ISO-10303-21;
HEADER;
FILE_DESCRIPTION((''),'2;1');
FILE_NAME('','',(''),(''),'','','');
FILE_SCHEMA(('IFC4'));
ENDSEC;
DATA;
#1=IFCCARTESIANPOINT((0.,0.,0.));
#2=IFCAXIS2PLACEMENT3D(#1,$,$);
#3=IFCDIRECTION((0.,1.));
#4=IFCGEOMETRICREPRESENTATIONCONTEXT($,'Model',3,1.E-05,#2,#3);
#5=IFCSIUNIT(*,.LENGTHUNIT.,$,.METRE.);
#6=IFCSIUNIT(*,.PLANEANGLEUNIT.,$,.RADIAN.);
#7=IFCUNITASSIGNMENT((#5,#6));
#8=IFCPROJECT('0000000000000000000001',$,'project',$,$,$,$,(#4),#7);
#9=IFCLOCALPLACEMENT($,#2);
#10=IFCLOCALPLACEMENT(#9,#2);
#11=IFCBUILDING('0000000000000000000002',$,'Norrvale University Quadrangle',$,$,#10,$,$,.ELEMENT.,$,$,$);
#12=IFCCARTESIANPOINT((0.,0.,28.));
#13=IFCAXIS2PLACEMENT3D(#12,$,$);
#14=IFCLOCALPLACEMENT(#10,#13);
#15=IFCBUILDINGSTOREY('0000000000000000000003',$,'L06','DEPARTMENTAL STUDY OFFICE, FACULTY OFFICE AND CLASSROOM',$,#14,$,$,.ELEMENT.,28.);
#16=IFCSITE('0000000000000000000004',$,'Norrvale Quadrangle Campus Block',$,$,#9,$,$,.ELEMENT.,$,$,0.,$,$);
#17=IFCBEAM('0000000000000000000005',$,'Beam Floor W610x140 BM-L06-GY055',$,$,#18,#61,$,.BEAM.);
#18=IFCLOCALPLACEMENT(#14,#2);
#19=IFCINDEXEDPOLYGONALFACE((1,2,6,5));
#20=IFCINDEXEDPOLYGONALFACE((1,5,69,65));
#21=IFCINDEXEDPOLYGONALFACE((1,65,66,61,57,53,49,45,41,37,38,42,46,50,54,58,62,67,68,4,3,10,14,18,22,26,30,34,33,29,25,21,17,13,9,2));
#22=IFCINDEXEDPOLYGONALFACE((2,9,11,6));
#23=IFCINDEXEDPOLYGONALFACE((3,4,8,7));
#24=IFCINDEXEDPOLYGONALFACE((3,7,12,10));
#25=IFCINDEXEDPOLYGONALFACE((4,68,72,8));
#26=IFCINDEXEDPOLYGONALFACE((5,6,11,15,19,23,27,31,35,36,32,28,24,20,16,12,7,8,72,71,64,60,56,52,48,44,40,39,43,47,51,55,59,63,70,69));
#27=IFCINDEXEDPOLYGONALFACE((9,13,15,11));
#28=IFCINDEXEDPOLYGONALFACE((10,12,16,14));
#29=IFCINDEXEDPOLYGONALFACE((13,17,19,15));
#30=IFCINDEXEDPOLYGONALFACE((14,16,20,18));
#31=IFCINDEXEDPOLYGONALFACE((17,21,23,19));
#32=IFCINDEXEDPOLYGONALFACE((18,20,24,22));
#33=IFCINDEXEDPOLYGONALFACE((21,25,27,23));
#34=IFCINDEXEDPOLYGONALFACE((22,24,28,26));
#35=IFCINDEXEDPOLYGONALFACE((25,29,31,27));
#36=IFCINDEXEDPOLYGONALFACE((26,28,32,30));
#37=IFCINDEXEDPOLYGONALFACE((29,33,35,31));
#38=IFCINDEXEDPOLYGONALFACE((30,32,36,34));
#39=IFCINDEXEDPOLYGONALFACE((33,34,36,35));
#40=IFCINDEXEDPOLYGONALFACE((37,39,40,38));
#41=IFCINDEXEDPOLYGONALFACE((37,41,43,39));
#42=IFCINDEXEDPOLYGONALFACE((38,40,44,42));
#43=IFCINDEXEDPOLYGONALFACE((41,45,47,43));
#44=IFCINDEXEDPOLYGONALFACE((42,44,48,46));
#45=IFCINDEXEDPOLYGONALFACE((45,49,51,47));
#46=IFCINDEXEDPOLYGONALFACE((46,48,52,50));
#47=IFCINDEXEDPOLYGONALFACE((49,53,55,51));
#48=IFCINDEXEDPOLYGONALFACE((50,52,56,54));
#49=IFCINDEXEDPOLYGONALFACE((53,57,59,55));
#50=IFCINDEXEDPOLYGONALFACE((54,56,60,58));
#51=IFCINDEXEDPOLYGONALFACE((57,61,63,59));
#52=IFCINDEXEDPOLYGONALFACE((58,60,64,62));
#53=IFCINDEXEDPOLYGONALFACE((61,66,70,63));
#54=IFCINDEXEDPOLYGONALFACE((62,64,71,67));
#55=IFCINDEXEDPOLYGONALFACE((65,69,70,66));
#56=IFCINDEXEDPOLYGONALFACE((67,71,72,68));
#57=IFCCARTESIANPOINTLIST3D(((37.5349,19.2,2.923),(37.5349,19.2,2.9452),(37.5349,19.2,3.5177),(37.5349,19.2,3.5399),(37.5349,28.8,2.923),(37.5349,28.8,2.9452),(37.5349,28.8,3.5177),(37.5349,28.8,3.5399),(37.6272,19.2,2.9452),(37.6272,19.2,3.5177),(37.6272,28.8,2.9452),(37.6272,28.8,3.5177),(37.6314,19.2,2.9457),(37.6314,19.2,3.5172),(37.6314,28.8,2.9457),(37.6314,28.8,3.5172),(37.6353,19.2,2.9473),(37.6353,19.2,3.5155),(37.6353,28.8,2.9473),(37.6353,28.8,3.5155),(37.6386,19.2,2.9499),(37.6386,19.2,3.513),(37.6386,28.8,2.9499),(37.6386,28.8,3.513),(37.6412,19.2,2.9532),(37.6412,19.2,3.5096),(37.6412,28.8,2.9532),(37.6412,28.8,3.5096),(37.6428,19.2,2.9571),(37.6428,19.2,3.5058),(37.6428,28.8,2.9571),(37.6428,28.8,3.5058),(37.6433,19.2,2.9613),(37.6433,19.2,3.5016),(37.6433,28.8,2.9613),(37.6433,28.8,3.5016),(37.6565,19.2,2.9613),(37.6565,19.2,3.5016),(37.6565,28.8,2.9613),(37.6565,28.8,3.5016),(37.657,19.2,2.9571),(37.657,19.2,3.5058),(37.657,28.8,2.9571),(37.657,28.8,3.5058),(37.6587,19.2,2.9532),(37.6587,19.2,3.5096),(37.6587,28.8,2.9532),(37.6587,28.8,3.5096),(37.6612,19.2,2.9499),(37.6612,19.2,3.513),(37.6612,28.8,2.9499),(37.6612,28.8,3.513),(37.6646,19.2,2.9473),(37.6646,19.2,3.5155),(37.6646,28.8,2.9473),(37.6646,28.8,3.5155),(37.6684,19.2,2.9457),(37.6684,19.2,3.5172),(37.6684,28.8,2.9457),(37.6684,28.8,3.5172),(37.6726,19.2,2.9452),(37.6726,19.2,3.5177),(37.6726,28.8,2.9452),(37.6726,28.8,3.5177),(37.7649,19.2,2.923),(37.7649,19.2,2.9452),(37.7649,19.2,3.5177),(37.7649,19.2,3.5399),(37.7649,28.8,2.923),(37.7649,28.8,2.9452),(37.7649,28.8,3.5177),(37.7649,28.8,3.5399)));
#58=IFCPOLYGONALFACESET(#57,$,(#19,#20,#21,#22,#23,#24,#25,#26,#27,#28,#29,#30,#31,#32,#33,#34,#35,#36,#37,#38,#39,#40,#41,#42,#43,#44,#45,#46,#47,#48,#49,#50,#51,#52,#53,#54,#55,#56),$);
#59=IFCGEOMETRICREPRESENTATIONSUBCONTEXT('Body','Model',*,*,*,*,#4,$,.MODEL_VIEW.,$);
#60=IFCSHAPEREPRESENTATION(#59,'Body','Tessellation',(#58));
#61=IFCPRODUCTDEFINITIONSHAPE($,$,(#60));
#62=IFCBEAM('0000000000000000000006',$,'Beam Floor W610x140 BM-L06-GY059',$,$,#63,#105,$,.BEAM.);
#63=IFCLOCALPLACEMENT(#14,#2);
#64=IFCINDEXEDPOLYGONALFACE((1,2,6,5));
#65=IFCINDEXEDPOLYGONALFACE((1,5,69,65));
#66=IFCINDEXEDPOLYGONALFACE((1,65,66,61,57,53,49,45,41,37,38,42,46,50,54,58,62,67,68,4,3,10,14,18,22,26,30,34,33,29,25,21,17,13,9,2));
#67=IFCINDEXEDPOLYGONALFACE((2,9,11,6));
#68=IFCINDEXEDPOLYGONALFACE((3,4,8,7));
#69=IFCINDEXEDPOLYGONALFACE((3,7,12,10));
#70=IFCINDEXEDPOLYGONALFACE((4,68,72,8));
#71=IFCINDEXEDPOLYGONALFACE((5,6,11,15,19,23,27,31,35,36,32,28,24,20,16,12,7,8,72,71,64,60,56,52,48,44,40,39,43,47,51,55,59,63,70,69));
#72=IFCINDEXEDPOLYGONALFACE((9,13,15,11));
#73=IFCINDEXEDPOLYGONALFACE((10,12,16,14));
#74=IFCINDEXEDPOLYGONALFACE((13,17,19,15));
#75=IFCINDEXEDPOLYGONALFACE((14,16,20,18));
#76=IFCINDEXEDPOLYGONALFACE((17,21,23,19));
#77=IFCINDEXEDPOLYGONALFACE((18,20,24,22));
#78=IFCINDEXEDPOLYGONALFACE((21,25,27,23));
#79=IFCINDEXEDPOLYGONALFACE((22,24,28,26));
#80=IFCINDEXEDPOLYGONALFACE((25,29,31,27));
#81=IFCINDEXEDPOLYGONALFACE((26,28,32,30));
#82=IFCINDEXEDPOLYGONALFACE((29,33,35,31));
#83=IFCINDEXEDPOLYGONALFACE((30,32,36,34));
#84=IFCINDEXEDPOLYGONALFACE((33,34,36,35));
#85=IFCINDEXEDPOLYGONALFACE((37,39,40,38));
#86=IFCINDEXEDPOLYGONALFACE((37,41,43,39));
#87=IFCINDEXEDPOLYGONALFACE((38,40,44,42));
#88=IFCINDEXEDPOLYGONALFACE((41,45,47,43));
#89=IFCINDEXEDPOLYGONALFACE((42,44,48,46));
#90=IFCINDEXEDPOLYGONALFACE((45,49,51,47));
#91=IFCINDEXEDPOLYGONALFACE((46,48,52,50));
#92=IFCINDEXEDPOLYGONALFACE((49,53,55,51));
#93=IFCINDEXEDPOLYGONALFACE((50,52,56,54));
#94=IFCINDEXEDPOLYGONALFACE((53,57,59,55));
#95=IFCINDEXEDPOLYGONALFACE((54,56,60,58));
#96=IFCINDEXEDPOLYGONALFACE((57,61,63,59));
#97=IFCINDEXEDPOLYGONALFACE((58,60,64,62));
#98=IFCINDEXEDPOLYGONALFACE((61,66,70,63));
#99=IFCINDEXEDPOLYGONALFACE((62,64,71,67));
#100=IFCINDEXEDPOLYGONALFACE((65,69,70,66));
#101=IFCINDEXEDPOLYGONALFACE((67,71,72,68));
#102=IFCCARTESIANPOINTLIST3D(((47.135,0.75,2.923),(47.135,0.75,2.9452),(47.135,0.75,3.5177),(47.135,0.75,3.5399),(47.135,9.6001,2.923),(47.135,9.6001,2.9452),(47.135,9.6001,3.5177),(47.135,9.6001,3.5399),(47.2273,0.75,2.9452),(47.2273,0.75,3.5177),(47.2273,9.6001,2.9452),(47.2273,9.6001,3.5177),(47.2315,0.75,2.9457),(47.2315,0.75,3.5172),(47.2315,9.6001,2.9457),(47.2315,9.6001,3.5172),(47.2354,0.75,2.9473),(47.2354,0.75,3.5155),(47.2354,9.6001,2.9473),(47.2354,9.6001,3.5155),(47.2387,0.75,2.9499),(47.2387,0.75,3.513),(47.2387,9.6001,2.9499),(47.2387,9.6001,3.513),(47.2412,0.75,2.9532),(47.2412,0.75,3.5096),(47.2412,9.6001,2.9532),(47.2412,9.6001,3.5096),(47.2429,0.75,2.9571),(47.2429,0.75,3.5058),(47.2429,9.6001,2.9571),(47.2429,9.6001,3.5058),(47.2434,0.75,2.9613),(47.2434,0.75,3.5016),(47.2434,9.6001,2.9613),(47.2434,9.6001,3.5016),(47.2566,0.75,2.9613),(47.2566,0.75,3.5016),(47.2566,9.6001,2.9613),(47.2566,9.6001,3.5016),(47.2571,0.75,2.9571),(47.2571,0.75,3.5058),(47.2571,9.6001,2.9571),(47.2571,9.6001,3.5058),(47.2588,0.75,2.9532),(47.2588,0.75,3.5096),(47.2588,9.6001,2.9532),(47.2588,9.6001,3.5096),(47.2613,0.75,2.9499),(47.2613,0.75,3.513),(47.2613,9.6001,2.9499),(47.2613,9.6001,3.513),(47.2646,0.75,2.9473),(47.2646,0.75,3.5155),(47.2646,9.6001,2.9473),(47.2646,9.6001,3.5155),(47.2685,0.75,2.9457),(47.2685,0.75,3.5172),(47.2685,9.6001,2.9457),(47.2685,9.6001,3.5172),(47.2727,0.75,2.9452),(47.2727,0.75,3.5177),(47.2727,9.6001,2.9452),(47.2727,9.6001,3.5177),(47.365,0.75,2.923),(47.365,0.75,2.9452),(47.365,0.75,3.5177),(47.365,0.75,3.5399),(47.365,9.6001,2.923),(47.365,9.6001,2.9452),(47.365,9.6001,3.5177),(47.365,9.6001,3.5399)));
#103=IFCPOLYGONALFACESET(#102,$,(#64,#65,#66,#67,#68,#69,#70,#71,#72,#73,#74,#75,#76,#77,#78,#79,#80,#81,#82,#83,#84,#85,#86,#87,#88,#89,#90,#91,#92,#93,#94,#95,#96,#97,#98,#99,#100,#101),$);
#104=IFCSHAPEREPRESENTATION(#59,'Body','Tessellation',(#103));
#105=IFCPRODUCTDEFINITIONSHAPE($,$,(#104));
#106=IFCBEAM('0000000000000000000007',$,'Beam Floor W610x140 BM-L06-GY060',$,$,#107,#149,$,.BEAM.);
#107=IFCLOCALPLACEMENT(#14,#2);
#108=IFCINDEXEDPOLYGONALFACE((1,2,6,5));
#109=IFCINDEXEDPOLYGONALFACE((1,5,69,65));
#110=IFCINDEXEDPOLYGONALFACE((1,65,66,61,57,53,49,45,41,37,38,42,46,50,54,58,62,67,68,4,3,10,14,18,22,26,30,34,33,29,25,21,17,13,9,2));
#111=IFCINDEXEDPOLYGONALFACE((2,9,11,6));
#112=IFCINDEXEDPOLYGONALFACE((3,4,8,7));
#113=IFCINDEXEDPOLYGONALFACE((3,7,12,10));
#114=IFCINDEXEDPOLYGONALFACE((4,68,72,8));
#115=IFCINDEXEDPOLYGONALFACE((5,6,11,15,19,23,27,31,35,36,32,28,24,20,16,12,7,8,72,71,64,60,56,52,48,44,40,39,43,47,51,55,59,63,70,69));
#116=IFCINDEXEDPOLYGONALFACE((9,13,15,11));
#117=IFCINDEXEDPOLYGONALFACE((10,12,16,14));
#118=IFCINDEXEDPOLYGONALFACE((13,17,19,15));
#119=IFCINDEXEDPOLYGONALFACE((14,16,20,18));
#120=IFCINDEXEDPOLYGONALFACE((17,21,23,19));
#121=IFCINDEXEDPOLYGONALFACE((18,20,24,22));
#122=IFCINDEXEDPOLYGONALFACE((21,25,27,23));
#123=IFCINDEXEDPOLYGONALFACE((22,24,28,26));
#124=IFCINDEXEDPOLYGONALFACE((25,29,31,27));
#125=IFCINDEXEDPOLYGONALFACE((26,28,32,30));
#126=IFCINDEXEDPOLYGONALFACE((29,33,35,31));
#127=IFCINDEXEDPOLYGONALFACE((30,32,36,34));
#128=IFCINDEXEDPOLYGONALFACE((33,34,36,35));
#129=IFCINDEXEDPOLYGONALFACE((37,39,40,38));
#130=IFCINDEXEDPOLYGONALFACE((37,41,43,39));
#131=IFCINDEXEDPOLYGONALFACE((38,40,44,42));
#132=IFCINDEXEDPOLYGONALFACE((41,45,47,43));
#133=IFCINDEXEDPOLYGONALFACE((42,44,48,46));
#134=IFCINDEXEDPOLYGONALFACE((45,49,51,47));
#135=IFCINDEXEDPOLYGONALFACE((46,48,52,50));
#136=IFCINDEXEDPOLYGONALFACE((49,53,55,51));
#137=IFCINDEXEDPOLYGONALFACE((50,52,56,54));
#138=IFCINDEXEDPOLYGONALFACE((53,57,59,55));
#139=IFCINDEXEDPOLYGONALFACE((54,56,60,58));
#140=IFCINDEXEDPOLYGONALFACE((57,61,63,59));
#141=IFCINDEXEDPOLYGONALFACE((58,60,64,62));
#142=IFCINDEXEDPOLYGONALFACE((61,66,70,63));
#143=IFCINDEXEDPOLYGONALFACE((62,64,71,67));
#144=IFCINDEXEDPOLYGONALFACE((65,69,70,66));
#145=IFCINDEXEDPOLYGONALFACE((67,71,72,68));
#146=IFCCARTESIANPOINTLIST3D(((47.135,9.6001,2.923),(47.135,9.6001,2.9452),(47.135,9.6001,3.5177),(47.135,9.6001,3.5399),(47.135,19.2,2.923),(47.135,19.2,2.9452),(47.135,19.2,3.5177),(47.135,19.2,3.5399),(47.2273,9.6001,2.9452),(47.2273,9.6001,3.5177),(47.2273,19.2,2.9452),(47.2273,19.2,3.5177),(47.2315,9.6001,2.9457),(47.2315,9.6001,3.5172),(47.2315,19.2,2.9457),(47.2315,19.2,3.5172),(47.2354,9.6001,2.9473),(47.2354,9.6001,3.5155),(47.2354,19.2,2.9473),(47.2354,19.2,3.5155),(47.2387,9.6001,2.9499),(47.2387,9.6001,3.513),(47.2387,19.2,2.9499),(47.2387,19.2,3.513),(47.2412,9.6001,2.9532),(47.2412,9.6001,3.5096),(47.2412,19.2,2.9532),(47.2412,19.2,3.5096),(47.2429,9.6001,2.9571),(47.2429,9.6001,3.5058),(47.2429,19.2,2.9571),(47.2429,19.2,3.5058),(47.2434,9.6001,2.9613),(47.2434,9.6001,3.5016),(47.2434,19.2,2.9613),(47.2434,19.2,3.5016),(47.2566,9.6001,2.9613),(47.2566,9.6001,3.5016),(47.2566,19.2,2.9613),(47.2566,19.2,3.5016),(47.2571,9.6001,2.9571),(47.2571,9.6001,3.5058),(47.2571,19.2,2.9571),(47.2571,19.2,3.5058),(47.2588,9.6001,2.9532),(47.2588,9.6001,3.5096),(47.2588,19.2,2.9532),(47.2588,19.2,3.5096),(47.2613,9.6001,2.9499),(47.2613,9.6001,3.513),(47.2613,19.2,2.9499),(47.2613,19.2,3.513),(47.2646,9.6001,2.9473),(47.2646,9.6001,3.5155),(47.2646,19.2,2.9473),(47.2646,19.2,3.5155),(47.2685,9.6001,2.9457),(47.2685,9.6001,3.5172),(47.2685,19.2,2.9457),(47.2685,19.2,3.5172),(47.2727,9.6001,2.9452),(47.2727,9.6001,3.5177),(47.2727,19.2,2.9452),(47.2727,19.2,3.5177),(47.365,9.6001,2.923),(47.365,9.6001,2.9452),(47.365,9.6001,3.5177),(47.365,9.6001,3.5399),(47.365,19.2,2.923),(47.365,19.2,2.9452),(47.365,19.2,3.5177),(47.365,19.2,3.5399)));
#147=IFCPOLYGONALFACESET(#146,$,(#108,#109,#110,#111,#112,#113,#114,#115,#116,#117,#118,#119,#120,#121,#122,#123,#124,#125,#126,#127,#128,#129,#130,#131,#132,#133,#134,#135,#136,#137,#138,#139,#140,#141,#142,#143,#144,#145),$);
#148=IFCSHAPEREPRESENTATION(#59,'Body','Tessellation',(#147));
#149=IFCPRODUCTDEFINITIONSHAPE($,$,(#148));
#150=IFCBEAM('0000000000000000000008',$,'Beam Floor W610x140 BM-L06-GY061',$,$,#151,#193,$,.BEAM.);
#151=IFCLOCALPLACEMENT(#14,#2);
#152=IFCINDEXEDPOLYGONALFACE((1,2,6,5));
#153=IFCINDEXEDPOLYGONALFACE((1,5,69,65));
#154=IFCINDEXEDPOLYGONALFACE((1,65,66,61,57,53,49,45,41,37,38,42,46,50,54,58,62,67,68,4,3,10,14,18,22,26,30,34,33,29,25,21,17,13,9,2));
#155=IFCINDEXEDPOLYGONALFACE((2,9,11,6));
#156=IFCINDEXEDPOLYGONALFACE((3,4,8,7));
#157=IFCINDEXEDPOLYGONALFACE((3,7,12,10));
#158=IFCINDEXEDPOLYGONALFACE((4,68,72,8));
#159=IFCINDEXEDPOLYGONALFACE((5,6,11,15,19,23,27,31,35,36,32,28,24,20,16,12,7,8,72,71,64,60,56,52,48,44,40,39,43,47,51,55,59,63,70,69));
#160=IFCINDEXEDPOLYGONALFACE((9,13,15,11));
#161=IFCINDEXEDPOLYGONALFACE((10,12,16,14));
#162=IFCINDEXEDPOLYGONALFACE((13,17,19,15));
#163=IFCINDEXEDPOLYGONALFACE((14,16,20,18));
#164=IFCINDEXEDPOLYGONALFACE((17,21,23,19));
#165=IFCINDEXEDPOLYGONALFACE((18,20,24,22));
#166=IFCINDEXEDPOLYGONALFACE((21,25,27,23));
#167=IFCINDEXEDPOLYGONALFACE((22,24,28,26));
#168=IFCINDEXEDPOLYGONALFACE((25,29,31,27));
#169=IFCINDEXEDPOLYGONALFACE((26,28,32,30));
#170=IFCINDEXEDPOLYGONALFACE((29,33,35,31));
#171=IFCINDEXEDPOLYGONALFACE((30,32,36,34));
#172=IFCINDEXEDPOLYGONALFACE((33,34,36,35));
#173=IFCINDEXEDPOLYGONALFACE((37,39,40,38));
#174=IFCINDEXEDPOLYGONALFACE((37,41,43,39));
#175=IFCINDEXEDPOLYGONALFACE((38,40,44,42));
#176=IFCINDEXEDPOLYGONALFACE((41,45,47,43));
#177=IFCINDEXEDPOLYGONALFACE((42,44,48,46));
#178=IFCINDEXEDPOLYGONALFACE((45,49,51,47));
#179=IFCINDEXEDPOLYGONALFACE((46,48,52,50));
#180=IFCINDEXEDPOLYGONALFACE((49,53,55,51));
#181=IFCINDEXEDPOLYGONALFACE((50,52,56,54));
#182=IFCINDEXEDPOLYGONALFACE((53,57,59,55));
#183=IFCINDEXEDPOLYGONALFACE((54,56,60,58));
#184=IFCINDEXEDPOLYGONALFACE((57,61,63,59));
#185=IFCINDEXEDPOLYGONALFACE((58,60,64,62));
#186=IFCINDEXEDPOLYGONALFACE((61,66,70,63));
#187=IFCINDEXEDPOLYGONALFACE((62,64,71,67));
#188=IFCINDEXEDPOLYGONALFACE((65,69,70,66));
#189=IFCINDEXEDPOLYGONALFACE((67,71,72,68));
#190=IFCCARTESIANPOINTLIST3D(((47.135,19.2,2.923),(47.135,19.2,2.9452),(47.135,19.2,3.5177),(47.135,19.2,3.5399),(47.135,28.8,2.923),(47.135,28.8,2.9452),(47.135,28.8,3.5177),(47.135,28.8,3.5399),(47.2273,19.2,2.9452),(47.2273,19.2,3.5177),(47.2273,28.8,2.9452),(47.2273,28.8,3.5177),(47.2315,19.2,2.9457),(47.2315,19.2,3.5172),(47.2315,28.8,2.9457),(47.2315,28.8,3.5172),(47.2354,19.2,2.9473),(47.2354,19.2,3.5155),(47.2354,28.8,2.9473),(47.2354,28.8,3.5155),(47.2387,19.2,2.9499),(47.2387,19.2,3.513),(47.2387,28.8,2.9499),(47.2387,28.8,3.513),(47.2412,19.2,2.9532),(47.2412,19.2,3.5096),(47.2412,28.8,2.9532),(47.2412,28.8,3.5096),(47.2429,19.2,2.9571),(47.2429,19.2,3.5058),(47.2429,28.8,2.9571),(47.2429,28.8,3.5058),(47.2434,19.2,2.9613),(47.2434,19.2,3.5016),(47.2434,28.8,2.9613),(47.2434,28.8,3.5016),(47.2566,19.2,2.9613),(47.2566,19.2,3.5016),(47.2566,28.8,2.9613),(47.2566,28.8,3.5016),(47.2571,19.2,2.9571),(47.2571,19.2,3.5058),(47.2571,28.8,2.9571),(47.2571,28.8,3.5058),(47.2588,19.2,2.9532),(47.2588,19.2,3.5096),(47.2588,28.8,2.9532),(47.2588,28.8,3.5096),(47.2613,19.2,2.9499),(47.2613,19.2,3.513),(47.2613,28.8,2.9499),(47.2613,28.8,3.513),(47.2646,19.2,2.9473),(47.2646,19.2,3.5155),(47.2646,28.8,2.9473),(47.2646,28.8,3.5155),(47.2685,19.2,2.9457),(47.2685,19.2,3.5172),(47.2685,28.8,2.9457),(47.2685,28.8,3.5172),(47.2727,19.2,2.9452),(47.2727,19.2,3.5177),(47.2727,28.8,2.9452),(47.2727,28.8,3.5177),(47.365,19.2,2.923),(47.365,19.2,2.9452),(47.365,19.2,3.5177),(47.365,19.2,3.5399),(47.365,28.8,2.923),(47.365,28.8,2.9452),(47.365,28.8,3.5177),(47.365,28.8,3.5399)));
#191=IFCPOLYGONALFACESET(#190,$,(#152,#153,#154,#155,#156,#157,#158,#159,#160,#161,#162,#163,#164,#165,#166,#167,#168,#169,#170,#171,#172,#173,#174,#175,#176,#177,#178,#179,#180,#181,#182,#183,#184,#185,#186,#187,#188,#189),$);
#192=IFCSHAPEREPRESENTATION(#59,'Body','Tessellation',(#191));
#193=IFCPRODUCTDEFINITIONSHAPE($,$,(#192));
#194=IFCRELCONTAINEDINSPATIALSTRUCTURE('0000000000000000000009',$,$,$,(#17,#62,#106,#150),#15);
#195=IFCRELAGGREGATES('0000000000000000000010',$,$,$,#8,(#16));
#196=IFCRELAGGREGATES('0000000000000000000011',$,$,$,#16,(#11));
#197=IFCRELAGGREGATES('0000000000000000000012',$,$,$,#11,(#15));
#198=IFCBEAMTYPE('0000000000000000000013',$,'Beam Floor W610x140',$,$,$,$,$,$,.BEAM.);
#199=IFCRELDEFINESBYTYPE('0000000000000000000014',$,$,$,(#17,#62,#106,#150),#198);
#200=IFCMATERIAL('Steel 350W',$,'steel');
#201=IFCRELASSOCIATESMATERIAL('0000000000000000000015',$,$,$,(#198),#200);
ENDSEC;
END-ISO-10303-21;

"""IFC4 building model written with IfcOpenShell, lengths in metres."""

from ifc_helpers import new_model, si_unit, direction, frame, origin, origin_2d, place, context, subcontext, project, spatial, i_section, extrude, material, material_profile, profile_set, type_object, element, save


model = new_model("IFC4")

# Units and contexts
model_context = context("Model", 3, precision=1e-05, world=origin(), true_north=direction((0.0, 1.0)))
body_context = subcontext(model_context, "Body", "Model", "MODEL_VIEW")
ifc_project = project(units=[si_unit("LENGTHUNIT", "METRE"), si_unit("PLANEANGLEUNIT", "RADIAN")], contexts=[model_context])

# Site, building, storey
site_placement = place(None, origin())
site = spatial("IfcSite", under=ifc_project, at=site_placement, Name="Norrvale Quadrangle Campus Block", CompositionType="ELEMENT", RefElevation=0.0)
building_placement = place(site_placement, origin())
building = spatial("IfcBuilding", under=site, at=building_placement, Name="Norrvale University Quadrangle", CompositionType="ELEMENT")
storey_placement = place(building_placement, frame((0.0, 0.0, 28.0)))
storey = spatial("IfcBuildingStorey", under=building, at=storey_placement, Name="L06", Description="DEPARTMENTAL STUDY OFFICE, FACULTY OFFICE AND CLASSROOM", CompositionType="ELEMENT", Elevation=28.0)

# Beams
ifc_material_1 = material(Name="Steel 350W", Category="steel")
ifc_material_profile_1 = material_profile(ifc_material_1, i_section(OverallWidth=0.23, OverallDepth=0.6169, WebThickness=0.0132, FlangeThickness=0.0222, FilletRadius=0.0161, at=origin_2d()), Name="Steel 350W")
ifc_profile_set_1 = profile_set([ifc_material_profile_1], Name="Steel 350W")
beam_type_1 = type_object("IfcBeamType", Name="Beam Floor W610x140", PredefinedType="BEAM", material=ifc_profile_set_1)
beam_1_placement = place(storey_placement, frame((37.6499, 19.2, 3.2314), z_axis=(0.0, 1.0, 0.0), x_axis=(-1.0, 0.0, 0.0)))
element("IfcBeam", 1, at=beam_1_placement, inside=storey, type_object=beam_type_1, Name="Beam Floor W610x140 BM-L06-GY055", PredefinedType="BEAM", context=body_context, shape_type="SweptSolid", body=[
    extrude(i_section(OverallWidth=0.23, OverallDepth=0.6169, WebThickness=0.0132, FlangeThickness=0.0222, FilletRadius=0.0161, at=origin_2d()), origin(), (0.0, 0.0, 1.0), 9.6001),
])
beam_2_placement = place(storey_placement, frame((47.25, 0.75, 3.2314), z_axis=(0.0, 1.0, 0.0), x_axis=(-1.0, 0.0, 0.0)))
element("IfcBeam", 2, at=beam_2_placement, inside=storey, type_object=beam_type_1, Name="Beam Floor W610x140 BM-L06-GY059", PredefinedType="BEAM", context=body_context, shape_type="SweptSolid", body=[
    extrude(i_section(OverallWidth=0.23, OverallDepth=0.6169, WebThickness=0.0132, FlangeThickness=0.0222, FilletRadius=0.0161, at=origin_2d()), origin(), (0.0, 0.0, 1.0), 8.8501),
])
beam_3_placement = place(storey_placement, frame((47.25, 9.6001, 3.2314), z_axis=(0.0, 1.0, 0.0), x_axis=(-1.0, 0.0, 0.0)))
element("IfcBeam", 3, at=beam_3_placement, inside=storey, type_object=beam_type_1, Name="Beam Floor W610x140 BM-L06-GY060", PredefinedType="BEAM", context=body_context, shape_type="SweptSolid", body=[
    extrude(i_section(OverallWidth=0.23, OverallDepth=0.6169, WebThickness=0.0132, FlangeThickness=0.0222, FilletRadius=0.0161, at=origin_2d()), origin(), (0.0, 0.0, 1.0), 9.5999),
])
beam_4_placement = place(storey_placement, frame((47.25, 19.2, 3.2314), z_axis=(0.0, 1.0, 0.0), x_axis=(-1.0, 0.0, 0.0)))
element("IfcBeam", 4, at=beam_4_placement, inside=storey, type_object=beam_type_1, Name="Beam Floor W610x140 BM-L06-GY061", PredefinedType="BEAM", context=body_context, shape_type="SweptSolid", body=[
    extrude(i_section(OverallWidth=0.23, OverallDepth=0.6169, WebThickness=0.0132, FlangeThickness=0.0222, FilletRadius=0.0161, at=origin_2d()), origin(), (0.0, 0.0, 1.0), 9.6001),
])

save(model, "model.ifc")
